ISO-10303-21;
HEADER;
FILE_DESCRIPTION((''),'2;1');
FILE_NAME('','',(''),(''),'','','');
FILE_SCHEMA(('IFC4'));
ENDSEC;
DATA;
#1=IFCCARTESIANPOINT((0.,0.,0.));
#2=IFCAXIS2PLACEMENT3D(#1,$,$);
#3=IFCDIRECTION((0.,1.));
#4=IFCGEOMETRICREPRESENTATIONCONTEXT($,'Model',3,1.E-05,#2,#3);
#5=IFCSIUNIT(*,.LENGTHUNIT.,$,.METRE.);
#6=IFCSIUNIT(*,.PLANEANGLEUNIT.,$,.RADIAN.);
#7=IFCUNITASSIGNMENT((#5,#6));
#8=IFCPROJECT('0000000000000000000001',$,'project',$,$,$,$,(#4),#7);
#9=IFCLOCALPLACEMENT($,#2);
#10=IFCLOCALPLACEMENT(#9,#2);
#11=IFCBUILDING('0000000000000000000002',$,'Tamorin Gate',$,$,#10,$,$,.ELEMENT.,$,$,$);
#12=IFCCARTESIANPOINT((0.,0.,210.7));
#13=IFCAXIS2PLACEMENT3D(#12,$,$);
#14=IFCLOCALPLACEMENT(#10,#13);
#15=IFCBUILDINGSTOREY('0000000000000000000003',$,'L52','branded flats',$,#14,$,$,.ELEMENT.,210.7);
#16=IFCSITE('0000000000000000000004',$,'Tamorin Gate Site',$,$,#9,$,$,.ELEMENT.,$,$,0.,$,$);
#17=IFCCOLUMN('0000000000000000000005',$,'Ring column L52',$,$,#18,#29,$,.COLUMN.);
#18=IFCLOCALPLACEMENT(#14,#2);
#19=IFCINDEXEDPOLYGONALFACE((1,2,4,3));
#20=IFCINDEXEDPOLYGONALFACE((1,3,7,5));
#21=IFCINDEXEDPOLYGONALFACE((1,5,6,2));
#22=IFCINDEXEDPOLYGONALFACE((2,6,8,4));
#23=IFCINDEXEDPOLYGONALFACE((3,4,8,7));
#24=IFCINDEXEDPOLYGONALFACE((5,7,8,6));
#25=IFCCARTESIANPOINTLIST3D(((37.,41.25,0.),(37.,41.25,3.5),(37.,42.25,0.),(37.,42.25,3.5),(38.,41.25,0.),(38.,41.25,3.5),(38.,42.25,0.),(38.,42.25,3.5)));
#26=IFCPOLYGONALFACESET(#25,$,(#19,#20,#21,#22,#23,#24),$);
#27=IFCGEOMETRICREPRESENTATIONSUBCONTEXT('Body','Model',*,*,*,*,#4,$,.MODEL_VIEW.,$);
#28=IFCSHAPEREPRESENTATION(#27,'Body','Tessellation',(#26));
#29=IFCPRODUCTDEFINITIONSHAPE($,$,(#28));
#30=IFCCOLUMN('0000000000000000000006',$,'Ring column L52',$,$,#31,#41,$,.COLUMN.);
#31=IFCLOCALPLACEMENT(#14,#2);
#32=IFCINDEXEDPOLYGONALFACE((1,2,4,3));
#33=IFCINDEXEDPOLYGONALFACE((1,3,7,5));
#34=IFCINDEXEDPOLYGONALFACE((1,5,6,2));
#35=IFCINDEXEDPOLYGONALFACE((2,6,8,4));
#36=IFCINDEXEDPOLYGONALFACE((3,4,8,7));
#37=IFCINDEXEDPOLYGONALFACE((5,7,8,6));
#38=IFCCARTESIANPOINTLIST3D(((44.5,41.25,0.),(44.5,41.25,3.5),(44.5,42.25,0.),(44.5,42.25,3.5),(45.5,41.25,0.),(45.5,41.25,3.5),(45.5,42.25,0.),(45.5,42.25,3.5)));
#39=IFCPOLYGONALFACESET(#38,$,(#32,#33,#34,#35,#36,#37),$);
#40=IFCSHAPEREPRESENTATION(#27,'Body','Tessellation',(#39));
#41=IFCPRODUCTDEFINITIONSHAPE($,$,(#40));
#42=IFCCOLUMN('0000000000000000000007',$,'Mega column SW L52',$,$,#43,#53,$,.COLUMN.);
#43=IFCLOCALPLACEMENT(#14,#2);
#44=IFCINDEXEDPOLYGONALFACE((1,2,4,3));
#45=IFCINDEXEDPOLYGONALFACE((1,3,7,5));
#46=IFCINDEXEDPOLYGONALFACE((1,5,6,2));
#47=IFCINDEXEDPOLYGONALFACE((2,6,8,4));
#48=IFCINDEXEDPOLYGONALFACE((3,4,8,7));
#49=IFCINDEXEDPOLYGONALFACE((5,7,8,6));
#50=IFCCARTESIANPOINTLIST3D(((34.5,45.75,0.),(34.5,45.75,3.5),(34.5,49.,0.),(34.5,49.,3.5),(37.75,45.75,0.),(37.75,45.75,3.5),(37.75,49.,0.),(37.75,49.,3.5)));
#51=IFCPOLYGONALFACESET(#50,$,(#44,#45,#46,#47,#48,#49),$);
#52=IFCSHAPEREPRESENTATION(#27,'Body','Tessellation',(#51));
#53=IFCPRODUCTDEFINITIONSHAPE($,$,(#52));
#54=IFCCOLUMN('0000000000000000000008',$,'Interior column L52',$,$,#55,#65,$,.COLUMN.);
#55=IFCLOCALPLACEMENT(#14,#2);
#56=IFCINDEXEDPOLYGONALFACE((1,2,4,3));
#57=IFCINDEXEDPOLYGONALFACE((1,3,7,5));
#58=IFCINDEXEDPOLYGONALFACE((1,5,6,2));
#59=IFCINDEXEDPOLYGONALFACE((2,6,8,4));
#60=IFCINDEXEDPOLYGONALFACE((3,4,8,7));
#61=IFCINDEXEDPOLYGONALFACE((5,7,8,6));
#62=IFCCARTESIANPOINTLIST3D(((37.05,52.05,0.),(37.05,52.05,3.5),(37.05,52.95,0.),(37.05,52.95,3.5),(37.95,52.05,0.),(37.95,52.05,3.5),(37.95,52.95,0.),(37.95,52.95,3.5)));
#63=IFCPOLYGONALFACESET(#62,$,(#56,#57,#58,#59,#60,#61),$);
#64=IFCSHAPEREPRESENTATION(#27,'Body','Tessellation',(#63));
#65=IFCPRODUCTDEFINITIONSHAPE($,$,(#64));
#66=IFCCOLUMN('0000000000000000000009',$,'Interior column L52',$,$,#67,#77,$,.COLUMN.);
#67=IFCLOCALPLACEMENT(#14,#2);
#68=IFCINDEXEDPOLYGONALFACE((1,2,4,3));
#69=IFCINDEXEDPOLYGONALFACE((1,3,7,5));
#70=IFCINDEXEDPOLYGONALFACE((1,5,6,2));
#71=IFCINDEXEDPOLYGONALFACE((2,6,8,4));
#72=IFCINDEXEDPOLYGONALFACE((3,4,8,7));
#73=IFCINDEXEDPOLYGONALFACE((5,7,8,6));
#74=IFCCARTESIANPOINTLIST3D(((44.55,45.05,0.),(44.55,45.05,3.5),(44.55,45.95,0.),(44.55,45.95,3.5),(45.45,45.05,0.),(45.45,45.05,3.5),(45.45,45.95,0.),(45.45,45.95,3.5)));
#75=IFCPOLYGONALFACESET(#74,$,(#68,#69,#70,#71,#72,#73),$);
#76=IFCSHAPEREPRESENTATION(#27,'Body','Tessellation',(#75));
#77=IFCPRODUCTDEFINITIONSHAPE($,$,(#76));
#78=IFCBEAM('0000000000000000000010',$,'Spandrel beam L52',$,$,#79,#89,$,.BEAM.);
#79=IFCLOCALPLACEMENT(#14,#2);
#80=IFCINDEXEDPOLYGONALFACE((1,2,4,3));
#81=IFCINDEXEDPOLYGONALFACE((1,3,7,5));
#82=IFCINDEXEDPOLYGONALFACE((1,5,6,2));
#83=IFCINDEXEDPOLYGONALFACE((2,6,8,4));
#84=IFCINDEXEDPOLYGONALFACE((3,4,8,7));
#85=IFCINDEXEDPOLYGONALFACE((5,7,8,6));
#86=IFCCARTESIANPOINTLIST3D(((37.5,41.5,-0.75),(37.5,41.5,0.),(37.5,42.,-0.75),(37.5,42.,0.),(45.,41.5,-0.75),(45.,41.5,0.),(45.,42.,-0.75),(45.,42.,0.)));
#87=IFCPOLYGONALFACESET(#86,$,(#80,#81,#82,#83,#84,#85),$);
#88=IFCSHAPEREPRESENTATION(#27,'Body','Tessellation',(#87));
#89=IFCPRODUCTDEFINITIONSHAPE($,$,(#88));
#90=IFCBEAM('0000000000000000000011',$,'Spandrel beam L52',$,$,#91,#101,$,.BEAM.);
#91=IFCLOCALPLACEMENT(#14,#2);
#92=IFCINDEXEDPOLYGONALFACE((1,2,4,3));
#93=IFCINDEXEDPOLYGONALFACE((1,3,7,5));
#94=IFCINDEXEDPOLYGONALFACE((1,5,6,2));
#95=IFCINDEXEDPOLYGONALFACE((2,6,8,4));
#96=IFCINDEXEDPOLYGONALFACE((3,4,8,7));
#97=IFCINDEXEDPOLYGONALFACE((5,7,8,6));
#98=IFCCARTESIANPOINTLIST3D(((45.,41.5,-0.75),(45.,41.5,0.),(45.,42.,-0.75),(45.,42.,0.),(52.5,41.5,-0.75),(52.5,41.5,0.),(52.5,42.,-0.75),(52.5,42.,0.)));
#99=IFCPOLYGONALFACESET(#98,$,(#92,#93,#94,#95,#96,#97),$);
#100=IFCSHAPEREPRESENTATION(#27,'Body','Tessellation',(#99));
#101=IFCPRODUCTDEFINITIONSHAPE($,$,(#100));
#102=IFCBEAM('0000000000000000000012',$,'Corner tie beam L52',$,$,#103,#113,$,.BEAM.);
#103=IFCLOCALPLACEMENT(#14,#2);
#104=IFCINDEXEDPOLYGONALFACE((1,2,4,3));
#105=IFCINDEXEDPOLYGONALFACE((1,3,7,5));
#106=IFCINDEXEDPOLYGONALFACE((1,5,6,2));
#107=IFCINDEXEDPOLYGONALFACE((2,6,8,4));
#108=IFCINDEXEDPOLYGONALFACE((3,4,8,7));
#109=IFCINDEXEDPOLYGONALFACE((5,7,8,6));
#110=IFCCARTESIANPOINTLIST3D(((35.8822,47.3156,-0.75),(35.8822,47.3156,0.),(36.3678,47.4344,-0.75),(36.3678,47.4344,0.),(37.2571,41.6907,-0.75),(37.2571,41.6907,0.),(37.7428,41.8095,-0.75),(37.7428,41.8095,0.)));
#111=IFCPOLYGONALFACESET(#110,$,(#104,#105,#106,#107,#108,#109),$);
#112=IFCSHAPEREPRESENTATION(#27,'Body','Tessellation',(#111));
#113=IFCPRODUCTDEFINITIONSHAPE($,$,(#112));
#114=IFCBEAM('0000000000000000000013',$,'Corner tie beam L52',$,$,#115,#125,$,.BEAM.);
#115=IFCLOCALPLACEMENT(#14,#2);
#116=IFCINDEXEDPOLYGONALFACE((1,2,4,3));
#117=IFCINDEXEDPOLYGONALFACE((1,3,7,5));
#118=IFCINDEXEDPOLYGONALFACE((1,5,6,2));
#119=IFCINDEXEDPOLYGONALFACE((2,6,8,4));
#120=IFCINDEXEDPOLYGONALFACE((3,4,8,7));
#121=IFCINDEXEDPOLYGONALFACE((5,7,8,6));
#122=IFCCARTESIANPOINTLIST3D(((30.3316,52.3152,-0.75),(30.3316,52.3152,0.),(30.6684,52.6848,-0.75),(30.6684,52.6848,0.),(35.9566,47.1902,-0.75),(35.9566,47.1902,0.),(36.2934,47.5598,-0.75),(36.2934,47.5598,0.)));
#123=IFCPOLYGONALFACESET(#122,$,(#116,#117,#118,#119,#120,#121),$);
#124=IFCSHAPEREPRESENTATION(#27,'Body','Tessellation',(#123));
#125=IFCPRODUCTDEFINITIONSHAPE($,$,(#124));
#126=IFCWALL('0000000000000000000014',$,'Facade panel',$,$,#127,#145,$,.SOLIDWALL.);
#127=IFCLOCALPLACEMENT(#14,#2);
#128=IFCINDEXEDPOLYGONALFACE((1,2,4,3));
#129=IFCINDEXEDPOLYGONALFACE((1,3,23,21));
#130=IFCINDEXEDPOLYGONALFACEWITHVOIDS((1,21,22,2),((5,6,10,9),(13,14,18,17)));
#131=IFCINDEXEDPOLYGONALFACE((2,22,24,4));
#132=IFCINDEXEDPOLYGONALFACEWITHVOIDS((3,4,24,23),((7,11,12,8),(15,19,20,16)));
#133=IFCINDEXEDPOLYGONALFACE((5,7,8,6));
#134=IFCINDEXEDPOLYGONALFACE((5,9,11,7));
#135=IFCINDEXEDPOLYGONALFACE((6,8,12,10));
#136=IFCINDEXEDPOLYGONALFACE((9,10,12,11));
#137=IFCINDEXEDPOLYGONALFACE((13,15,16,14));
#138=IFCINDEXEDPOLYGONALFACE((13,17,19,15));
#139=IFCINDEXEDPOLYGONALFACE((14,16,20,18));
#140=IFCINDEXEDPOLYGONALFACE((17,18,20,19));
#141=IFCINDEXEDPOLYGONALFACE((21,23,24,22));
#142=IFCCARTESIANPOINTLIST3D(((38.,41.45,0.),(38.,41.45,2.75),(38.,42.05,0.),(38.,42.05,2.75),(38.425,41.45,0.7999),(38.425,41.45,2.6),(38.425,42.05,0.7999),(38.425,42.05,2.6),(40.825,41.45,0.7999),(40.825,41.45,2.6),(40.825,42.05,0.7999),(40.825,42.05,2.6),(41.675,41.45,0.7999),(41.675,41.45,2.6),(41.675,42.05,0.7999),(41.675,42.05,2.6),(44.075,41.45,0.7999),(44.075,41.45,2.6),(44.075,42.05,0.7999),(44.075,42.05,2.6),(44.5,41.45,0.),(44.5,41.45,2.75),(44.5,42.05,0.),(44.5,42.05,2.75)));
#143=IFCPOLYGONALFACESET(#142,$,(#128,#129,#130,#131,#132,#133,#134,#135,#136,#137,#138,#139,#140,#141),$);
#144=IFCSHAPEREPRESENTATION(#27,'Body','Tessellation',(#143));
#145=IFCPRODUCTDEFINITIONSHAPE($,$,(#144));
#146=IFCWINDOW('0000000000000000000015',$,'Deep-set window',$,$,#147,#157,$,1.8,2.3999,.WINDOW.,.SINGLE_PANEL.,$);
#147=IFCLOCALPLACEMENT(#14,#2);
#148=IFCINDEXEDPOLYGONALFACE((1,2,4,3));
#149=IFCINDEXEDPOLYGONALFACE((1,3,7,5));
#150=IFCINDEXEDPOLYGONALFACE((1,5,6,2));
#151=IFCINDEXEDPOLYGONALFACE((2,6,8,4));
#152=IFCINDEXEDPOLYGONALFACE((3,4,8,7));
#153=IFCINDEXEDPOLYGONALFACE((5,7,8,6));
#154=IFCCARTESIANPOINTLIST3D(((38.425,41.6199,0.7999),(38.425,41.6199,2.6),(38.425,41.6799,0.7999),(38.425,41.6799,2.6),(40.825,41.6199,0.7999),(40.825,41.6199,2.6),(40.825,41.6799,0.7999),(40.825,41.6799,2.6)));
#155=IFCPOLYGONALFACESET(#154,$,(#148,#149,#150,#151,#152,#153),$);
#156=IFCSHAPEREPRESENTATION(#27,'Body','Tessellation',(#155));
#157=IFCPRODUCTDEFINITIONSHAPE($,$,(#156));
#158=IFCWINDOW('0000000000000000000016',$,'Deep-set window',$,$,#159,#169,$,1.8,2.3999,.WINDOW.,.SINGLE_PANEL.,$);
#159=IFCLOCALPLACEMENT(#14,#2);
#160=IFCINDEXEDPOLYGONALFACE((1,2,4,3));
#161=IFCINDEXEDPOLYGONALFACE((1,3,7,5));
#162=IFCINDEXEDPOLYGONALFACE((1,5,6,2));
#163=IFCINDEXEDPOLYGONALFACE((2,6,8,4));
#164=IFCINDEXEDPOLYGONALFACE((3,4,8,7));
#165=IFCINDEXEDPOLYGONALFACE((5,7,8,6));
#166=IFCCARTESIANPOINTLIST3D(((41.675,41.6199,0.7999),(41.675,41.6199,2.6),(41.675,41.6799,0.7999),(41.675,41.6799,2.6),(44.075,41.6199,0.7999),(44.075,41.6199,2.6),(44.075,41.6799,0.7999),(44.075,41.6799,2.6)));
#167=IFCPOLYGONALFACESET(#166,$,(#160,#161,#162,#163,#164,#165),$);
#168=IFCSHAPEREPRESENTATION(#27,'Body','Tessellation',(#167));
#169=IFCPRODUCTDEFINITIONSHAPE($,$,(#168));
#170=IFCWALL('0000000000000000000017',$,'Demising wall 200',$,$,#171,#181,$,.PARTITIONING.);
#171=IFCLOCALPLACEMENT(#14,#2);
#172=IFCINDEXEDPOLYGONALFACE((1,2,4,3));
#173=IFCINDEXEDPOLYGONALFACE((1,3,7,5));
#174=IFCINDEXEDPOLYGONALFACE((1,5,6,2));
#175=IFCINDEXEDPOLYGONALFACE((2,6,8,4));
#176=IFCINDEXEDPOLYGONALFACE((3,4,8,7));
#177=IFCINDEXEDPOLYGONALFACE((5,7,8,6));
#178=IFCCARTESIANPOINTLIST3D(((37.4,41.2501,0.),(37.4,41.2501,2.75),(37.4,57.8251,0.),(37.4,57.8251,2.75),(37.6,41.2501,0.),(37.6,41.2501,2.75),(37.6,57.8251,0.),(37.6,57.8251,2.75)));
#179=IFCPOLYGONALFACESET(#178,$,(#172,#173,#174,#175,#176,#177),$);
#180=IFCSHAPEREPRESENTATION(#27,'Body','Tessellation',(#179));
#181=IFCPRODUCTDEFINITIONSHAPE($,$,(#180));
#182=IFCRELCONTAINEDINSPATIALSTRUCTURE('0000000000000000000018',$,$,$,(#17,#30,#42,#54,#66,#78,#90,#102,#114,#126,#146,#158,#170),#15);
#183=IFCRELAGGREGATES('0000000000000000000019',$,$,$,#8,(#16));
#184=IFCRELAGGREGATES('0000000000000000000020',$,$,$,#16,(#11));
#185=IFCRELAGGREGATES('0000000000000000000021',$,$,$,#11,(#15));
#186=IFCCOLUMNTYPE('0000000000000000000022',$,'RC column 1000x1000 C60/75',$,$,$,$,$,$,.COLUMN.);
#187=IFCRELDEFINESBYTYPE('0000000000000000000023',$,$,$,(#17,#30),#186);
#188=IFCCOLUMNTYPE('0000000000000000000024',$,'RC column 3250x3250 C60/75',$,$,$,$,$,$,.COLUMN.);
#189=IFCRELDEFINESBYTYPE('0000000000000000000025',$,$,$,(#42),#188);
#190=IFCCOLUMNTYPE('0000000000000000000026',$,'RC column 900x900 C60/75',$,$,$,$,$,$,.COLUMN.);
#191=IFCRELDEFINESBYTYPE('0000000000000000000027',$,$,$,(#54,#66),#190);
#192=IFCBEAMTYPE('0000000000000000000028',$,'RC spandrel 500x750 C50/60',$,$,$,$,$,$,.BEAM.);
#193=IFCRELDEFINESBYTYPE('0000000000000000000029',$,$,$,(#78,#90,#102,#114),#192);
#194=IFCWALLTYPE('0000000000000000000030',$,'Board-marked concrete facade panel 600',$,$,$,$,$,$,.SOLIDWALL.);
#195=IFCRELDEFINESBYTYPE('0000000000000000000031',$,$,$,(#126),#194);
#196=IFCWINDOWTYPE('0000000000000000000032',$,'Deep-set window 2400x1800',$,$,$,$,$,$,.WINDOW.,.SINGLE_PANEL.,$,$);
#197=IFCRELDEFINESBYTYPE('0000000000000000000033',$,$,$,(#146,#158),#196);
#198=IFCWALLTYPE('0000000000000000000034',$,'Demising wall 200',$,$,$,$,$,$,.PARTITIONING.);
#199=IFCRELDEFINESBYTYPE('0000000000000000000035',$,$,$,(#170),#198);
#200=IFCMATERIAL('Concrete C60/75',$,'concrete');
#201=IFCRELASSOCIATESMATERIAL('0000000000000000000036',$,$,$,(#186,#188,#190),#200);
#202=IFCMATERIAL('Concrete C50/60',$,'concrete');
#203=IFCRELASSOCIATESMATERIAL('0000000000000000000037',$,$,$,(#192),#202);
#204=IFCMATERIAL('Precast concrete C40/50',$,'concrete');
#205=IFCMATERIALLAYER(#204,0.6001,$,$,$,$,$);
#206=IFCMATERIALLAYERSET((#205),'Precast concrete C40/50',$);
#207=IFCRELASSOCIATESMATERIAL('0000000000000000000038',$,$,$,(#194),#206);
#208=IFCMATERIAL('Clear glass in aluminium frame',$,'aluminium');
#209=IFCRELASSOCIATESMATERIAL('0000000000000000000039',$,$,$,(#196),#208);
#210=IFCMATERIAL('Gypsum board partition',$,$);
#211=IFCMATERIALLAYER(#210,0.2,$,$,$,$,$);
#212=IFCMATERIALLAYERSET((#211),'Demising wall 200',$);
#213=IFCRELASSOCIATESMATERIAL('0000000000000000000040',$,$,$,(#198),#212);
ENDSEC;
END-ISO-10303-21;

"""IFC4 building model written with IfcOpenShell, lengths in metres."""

from ifc_helpers import new_model, si_unit, direction, frame, frame_2d, origin, origin_2d, place, context, subcontext, project, spatial, rectangle, extrude, material, layer, layer_set, material_profile, profile_set, type_object, element, fill, save


model = new_model("IFC4")

# Units and contexts
model_context = context("Model", 3, precision=1e-05, world=origin(), true_north=direction((0.0, 1.0)))
body_context = subcontext(model_context, "Body", "Model", "MODEL_VIEW")
ifc_project = project(units=[si_unit("LENGTHUNIT", "METRE"), si_unit("PLANEANGLEUNIT", "RADIAN")], contexts=[model_context])

# Site, building, storey
site_placement = place(None, origin())
site = spatial("IfcSite", under=ifc_project, at=site_placement, Name="Tamorin Gate Site", CompositionType="ELEMENT", RefElevation=0.0)
building_placement = place(site_placement, origin())
building = spatial("IfcBuilding", under=site, at=building_placement, Name="Tamorin Gate", CompositionType="ELEMENT")
storey_placement = place(building_placement, frame((0.0, 0.0, 210.7)))
storey = spatial("IfcBuildingStorey", under=building, at=storey_placement, Name="L52", Description="branded flats", CompositionType="ELEMENT", Elevation=210.7)

# Columns
ifc_material_1 = material(Name="Concrete C60/75", Category="concrete")
ifc_material_profile_1 = material_profile(ifc_material_1, rectangle(XDim=1.0, YDim=1.0, at=origin_2d()), Name="RC 1000x1000")
ifc_profile_set_1 = profile_set([ifc_material_profile_1], Name="Concrete C60/75")
column_type_1 = type_object("IfcColumnType", Name="RC column 1000x1000 C60/75", PredefinedType="COLUMN", material=ifc_profile_set_1)
for number, where, z_axis, x_axis, name in (
    (1, (37.5, 41.75, 0.0), (0.0, 0.0, 1.0), (1.0, 0.0, 0.0), "Ring column L52"),
    (2, (45.0, 41.75, 0.0), (0.0, 0.0, 1.0), (1.0, 0.0, 0.0), "Ring column L52"),
):
    element("IfcColumn", number, at=place(storey_placement, frame(where, z_axis=z_axis, x_axis=x_axis)), inside=storey, type_object=column_type_1, Name=name, PredefinedType="COLUMN", context=body_context, shape_type="SweptSolid", body=[
        extrude(rectangle(XDim=1.0, YDim=1.0, at=origin_2d()), origin(), (0.0, 0.0, 1.0), 3.5),
    ])
ifc_material_profile_2 = material_profile(ifc_material_1, rectangle(XDim=3.25, YDim=3.25, at=origin_2d()), Name="RC 3250x3250")
ifc_profile_set_2 = profile_set([ifc_material_profile_2], Name="Concrete C60/75")
column_type_2 = type_object("IfcColumnType", Name="RC column 3250x3250 C60/75", PredefinedType="COLUMN", material=ifc_profile_set_2)
column_placement = place(storey_placement, frame((36.125, 47.375, 0.0), z_axis=(0.0, 0.0, 1.0), x_axis=(1.0, 0.0, 0.0)))
element("IfcColumn", 3, at=column_placement, inside=storey, type_object=column_type_2, Name="Mega column SW L52", PredefinedType="COLUMN", context=body_context, shape_type="SweptSolid", body=[
    extrude(rectangle(XDim=3.25, YDim=3.25, at=origin_2d()), origin(), (0.0, 0.0, 1.0), 3.5),
])
ifc_material_profile_3 = material_profile(ifc_material_1, rectangle(XDim=0.8999, YDim=0.8999, at=origin_2d()), Name="RC 900x900")
ifc_profile_set_3 = profile_set([ifc_material_profile_3], Name="Concrete C60/75")
column_type_3 = type_object("IfcColumnType", Name="RC column 900x900 C60/75", PredefinedType="COLUMN", material=ifc_profile_set_3)
for number, where, z_axis, x_axis, name in (
    (4, (37.5, 52.5, 0.0), (0.0, 0.0, 1.0), (1.0, 0.0, 0.0), "Interior column L52"),
    (5, (45.0, 45.5, 0.0), (0.0, 0.0, 1.0), (1.0, 0.0, 0.0), "Interior column L52"),
):
    element("IfcColumn", number, at=place(storey_placement, frame(where, z_axis=z_axis, x_axis=x_axis)), inside=storey, type_object=column_type_3, Name=name, PredefinedType="COLUMN", context=body_context, shape_type="SweptSolid", body=[
        extrude(rectangle(XDim=0.8999, YDim=0.8999, at=origin_2d()), origin(), (0.0, 0.0, 1.0), 3.5),
    ])

# Beams
ifc_material_2 = material(Name="Concrete C50/60", Category="concrete")
ifc_material_profile_4 = material_profile(ifc_material_2, rectangle(XDim=0.5, YDim=0.75, at=origin_2d()), Name="RC 500x750")
ifc_profile_set_4 = profile_set([ifc_material_profile_4], Name="Concrete C50/60")
beam_type = type_object("IfcBeamType", Name="RC spandrel 500x750 C50/60", PredefinedType="BEAM", material=ifc_profile_set_4)
for number, where, z_axis, x_axis, name in (
    (6, (37.5, 41.75, -0.375), (1.0, 0.0, 0.0), (0.0, 1.0, 0.0), "Spandrel beam L52"),
    (7, (45.0, 41.75, -0.375), (1.0, 0.0, 0.0), (0.0, 1.0, 0.0), "Spandrel beam L52"),
):
    element("IfcBeam", number, at=place(storey_placement, frame(where, z_axis=z_axis, x_axis=x_axis)), inside=storey, type_object=beam_type, Name=name, PredefinedType="BEAM", context=body_context, shape_type="SweptSolid", body=[
        extrude(rectangle(XDim=0.5, YDim=0.75, at=origin_2d()), origin(), (0.0, 0.0, 1.0), 7.5),
    ])
beam_1_placement = place(storey_placement, frame((36.125, 47.375, -0.375), z_axis=(0.237453, -0.971399, 0.0), x_axis=(0.971399, 0.237453, 0.0)))
element("IfcBeam", 8, at=beam_1_placement, inside=storey, type_object=beam_type, Name="Corner tie beam L52", PredefinedType="BEAM", context=body_context, shape_type="SweptSolid", body=[
    extrude(rectangle(XDim=0.5, YDim=0.75, at=origin_2d()), origin(), (0.0, 0.0, 1.0), 5.7905),
])
beam_2_placement = place(storey_placement, frame((36.125, 47.375, -0.375), z_axis=(-0.739196, 0.67349, 0.0), x_axis=(-0.67349, -0.739196, 0.0)))
element("IfcBeam", 9, at=beam_2_placement, inside=storey, type_object=beam_type, Name="Corner tie beam L52", PredefinedType="BEAM", context=body_context, shape_type="SweptSolid", body=[
    extrude(rectangle(XDim=0.5, YDim=0.75, at=origin_2d()), origin(), (0.0, 0.0, 1.0), 7.6096),
])

# Wall, openings, windows
ifc_material_3 = material(Name="Precast concrete C40/50", Category="concrete")
ifc_layer_1 = layer(ifc_material_3, 0.6001)
ifc_layer_set_1 = layer_set([ifc_layer_1], Name="Precast concrete C40/50")
wall_type_1 = type_object("IfcWallType", Name="Board-marked concrete facade panel 600", PredefinedType="SOLIDWALL", material=ifc_layer_set_1)
wall_1_placement = place(storey_placement, frame((38.0, 41.75, 0.0), z_axis=(0.0, 0.0, 1.0), x_axis=(1.0, 0.0, 0.0)))
wall_1 = element("IfcWall", 10, at=wall_1_placement, inside=storey, type_object=wall_type_1, Name="Facade panel", PredefinedType="SOLIDWALL", context=body_context, shape_type="SweptSolid", body=[
    extrude(rectangle(XDim=6.5, YDim=0.6001, at=frame_2d((3.25, 0.0))), origin(), (0.0, 0.0, 1.0), 2.75),
])
opening_1_placement = place(wall_1_placement, frame((0.425, 0.0, 0.8)))
opening_1 = element("IfcOpeningElement", 11, at=opening_1_placement, cuts=wall_1, PredefinedType="OPENING", context=body_context, shape_type="SweptSolid", body=[
    extrude(rectangle(XDim=2.3999, YDim=1.8, at=frame_2d((1.2, 0.8999))), frame((0.0, 0.3101, 0.0), z_axis=(0.0, -1.0, 0.0), x_axis=(1.0, 0.0, 0.0)), (0.0, 0.0, 1.0), 0.6201),
])
opening_2_placement = place(wall_1_placement, frame((3.675, 0.0, 0.8)))
opening_2 = element("IfcOpeningElement", 12, at=opening_2_placement, cuts=wall_1, PredefinedType="OPENING", context=body_context, shape_type="SweptSolid", body=[
    extrude(rectangle(XDim=2.3999, YDim=1.8, at=frame_2d((1.2, 0.8999))), frame((0.0, 0.3101, 0.0), z_axis=(0.0, -1.0, 0.0), x_axis=(1.0, 0.0, 0.0)), (0.0, 0.0, 1.0), 0.6201),
])
ifc_material_4 = material(Name="Clear glass in aluminium frame", Category="aluminium")
window_type = type_object("IfcWindowType", Name="Deep-set window 2400x1800", PartitioningType="SINGLE_PANEL", PredefinedType="WINDOW", material=ifc_material_4)
window_1_placement = place(opening_1_placement, origin())
window_1 = element("IfcWindow", 13, at=window_1_placement, inside=storey, type_object=window_type, Name="Deep-set window", OverallHeight=1.8, OverallWidth=2.3999, PartitioningType="SINGLE_PANEL", PredefinedType="WINDOW", context=body_context, shape_type="SweptSolid", body=[
    extrude(rectangle(XDim=2.3999, YDim=1.8, at=frame_2d((1.2, 0.8999))), frame((0.0, -0.0701, 0.0), z_axis=(0.0, -1.0, 0.0), x_axis=(1.0, 0.0, 0.0)), (0.0, 0.0, 1.0), 0.0601),
])
fill(opening_1, window_1)
window_2_placement = place(opening_2_placement, origin())
window_2 = element("IfcWindow", 14, at=window_2_placement, inside=storey, type_object=window_type, Name="Deep-set window", OverallHeight=1.8, OverallWidth=2.3999, PartitioningType="SINGLE_PANEL", PredefinedType="WINDOW", context=body_context, shape_type="SweptSolid", body=[
    extrude(rectangle(XDim=2.3999, YDim=1.8, at=frame_2d((1.2, 0.8999))), frame((0.0, -0.0701, 0.0), z_axis=(0.0, -1.0, 0.0), x_axis=(1.0, 0.0, 0.0)), (0.0, 0.0, 1.0), 0.0601),
])
fill(opening_2, window_2)

# Wall
ifc_material_5 = material(Name="Gypsum board partition")
ifc_layer_2 = layer(ifc_material_5, 0.2)
ifc_layer_set_2 = layer_set([ifc_layer_2], Name="Demising wall 200")
wall_type_2 = type_object("IfcWallType", Name="Demising wall 200", PredefinedType="PARTITIONING", material=ifc_layer_set_2)
wall_2_placement = place(storey_placement, frame((37.5, 41.25, 0.0), z_axis=(0.0, 0.0, 1.0), x_axis=(0.0, 1.0, 0.0)))
element("IfcWall", 15, at=wall_2_placement, inside=storey, type_object=wall_type_2, Name="Demising wall 200", PredefinedType="PARTITIONING", context=body_context, shape_type="SweptSolid", body=[
    extrude(rectangle(XDim=16.575, YDim=0.2, at=frame_2d((8.2876, 0.0))), origin(), (0.0, 0.0, 1.0), 2.75),
])

save(model, "model.ifc")
